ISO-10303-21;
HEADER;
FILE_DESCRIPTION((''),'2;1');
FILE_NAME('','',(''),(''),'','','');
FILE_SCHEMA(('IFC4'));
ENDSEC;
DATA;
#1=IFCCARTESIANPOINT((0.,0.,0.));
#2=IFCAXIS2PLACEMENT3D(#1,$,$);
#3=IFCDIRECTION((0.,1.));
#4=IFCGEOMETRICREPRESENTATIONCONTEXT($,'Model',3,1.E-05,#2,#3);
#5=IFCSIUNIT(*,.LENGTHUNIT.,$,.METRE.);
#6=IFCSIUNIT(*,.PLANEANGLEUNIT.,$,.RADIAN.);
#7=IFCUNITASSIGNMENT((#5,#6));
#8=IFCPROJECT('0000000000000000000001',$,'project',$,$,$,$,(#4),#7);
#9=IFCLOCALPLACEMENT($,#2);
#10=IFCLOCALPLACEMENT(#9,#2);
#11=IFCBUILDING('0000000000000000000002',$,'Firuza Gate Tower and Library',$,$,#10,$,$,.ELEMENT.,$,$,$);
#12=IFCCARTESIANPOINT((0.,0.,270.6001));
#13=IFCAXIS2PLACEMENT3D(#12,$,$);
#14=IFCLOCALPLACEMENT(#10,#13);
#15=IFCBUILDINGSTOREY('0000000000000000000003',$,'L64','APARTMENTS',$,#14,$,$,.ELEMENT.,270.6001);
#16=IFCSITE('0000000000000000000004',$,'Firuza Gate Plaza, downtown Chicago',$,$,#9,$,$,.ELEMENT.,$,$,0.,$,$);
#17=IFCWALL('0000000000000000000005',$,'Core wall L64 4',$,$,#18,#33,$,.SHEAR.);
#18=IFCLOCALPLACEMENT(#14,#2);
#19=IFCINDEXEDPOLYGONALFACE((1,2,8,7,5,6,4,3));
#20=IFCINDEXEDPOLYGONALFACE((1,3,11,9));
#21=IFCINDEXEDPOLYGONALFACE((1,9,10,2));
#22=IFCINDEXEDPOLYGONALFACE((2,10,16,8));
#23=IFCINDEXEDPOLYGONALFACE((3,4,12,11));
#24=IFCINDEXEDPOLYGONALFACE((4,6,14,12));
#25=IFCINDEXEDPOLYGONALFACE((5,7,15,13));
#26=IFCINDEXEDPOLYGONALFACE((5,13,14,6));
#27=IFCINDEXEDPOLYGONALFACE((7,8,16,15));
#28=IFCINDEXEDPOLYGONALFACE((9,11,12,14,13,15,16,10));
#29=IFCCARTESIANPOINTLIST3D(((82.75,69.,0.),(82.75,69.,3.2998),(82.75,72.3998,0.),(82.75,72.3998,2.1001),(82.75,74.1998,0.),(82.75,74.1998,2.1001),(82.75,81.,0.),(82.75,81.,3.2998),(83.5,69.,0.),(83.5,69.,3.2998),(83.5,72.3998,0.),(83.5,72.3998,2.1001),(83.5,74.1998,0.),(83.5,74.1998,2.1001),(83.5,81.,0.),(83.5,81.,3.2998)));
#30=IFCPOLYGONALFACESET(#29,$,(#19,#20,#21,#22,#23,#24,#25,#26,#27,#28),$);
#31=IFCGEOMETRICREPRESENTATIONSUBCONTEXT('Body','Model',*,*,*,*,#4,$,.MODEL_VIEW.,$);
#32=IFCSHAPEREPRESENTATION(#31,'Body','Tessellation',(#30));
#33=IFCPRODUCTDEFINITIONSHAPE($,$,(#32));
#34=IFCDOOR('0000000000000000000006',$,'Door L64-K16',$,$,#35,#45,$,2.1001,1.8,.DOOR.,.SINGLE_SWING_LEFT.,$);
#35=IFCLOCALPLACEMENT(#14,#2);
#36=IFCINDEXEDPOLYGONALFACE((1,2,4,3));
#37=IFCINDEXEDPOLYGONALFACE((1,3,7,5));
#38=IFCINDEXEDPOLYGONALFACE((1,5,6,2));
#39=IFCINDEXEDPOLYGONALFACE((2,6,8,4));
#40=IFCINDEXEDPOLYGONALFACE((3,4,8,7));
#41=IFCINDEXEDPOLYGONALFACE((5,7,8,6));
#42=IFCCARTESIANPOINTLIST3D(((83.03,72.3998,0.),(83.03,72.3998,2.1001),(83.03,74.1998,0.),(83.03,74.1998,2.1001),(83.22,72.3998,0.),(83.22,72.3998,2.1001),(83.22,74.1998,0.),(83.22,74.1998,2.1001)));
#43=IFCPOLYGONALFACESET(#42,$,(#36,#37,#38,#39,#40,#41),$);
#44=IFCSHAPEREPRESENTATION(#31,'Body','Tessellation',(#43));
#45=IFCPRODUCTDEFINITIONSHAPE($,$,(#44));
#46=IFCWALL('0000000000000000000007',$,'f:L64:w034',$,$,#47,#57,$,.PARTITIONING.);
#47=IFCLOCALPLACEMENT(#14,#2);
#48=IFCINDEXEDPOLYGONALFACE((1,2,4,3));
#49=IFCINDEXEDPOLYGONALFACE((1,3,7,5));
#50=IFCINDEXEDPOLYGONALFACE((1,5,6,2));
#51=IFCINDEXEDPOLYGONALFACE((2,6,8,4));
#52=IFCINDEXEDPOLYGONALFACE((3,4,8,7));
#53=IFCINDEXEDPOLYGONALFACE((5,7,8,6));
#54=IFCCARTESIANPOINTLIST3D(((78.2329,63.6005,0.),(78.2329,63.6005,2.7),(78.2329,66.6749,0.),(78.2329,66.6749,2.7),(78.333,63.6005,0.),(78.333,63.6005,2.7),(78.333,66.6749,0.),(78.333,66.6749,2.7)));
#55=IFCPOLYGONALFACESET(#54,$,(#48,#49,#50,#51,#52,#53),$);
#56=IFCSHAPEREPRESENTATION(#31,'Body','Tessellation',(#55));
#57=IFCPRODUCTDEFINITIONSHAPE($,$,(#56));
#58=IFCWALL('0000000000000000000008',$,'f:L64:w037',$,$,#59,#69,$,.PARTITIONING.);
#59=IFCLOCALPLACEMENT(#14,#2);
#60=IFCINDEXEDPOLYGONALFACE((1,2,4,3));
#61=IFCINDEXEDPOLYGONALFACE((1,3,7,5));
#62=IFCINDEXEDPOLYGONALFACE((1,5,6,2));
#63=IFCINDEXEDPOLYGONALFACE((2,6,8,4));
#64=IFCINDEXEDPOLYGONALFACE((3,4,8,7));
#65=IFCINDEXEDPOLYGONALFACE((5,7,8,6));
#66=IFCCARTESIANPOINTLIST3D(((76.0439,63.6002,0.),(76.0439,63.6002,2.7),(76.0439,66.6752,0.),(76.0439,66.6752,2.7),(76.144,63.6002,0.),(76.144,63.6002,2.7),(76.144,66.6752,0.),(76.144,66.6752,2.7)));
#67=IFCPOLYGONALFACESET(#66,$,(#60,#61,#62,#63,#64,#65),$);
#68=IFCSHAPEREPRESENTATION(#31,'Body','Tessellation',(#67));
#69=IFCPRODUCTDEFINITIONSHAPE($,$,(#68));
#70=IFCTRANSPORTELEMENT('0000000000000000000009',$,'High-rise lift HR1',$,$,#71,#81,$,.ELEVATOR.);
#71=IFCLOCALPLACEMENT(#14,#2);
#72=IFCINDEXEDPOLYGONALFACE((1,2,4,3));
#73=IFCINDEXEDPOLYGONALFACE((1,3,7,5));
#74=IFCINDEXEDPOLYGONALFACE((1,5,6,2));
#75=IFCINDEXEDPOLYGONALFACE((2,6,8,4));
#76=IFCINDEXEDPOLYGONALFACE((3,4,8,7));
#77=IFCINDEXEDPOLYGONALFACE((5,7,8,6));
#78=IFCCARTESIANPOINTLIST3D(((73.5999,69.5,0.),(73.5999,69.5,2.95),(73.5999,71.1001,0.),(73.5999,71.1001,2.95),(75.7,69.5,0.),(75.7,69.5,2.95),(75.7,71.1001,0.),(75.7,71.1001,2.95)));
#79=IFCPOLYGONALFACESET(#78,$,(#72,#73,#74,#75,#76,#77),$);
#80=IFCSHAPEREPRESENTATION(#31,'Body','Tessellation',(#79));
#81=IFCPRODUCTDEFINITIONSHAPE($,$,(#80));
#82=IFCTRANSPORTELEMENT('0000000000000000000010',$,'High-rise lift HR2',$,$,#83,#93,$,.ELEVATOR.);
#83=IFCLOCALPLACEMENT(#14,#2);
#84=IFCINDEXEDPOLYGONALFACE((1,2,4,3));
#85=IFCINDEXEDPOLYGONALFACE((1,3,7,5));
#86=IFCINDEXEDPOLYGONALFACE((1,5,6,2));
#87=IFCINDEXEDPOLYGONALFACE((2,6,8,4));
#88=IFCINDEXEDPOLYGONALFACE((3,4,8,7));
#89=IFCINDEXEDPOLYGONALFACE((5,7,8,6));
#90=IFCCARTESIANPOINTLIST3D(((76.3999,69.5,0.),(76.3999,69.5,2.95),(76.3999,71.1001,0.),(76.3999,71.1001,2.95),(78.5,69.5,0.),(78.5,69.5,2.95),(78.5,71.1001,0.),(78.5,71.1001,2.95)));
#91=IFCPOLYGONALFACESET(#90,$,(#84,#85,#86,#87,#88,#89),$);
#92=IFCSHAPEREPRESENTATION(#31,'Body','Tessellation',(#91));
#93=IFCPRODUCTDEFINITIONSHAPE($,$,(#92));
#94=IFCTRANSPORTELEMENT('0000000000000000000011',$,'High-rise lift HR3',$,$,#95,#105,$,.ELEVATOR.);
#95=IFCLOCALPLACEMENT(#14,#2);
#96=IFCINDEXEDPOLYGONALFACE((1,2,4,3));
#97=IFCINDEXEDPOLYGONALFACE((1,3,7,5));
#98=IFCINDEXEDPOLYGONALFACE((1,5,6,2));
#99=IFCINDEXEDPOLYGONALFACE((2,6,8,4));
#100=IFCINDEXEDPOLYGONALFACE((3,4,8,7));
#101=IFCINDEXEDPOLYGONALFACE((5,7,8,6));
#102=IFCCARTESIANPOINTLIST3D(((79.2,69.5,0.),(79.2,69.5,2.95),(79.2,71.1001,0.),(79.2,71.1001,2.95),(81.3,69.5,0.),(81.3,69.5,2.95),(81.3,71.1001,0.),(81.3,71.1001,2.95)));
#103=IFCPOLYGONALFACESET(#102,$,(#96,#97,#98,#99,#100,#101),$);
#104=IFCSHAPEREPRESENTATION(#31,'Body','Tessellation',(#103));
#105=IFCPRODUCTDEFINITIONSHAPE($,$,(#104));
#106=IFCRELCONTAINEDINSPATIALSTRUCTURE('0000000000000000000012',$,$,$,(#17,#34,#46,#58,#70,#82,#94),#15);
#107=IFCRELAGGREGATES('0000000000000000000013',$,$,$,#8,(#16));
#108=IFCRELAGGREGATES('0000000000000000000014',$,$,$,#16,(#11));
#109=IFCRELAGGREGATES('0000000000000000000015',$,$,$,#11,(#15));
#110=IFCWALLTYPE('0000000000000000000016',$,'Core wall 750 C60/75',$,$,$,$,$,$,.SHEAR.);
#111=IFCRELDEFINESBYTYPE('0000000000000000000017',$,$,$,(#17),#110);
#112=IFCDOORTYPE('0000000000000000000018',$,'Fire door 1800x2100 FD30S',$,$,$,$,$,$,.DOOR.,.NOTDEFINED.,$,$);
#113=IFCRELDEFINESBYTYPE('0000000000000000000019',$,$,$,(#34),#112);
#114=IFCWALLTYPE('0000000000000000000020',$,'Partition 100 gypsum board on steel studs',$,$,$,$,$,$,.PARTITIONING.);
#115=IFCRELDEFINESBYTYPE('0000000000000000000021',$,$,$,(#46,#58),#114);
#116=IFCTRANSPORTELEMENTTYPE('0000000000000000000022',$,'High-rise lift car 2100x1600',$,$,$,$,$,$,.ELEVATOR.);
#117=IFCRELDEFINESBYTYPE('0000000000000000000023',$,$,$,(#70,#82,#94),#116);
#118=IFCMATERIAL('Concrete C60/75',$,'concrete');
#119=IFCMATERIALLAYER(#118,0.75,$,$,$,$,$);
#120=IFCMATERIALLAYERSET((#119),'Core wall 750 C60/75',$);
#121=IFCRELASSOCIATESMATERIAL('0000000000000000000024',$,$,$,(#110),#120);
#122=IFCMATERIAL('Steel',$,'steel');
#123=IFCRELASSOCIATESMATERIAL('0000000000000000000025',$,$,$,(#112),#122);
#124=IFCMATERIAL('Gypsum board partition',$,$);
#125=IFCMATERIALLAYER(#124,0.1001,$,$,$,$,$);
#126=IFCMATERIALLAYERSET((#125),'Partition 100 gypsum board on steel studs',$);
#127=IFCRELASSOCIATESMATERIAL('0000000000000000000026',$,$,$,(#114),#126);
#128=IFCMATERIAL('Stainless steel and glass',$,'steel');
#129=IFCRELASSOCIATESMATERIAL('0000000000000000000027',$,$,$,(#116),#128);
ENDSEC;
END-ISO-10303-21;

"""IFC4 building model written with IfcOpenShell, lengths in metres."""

from ifc_helpers import new_model, si_unit, direction, frame, frame_2d, origin, origin_2d, place, context, subcontext, project, spatial, rectangle, extrude, material, layer, layer_set, type_object, element, fill, save


model = new_model("IFC4")

# Units and contexts
model_context = context("Model", 3, precision=1e-05, world=origin(), true_north=direction((0.0, 1.0)))
body_context = subcontext(model_context, "Body", "Model", "MODEL_VIEW")
ifc_project = project(units=[si_unit("LENGTHUNIT", "METRE"), si_unit("PLANEANGLEUNIT", "RADIAN")], contexts=[model_context])

# Site, building, storey
site_placement = place(None, origin())
site = spatial("IfcSite", under=ifc_project, at=site_placement, Name="Firuza Gate Plaza, downtown Chicago", CompositionType="ELEMENT", RefElevation=0.0)
building_placement = place(site_placement, origin())
building = spatial("IfcBuilding", under=site, at=building_placement, Name="Firuza Gate Tower and Library", CompositionType="ELEMENT")
storey_placement = place(building_placement, frame((0.0, 0.0, 270.6001)))
storey = spatial("IfcBuildingStorey", under=building, at=storey_placement, Name="L64", Description="APARTMENTS", CompositionType="ELEMENT", Elevation=270.6001)

# Wall, opening, door
ifc_material_1 = material(Name="Concrete C60/75", Category="concrete")
ifc_layer_1 = layer(ifc_material_1, 0.75)
ifc_layer_set_1 = layer_set([ifc_layer_1], Name="Core wall 750 C60/75")
wall_type_1 = type_object("IfcWallType", Name="Core wall 750 C60/75", PredefinedType="SHEAR", material=ifc_layer_set_1)
wall_1_placement = place(storey_placement, frame((83.125, 69.0, 0.0), z_axis=(0.0, 0.0, 1.0), x_axis=(0.0, 1.0, 0.0)))
wall_1 = element("IfcWall", 1, at=wall_1_placement, inside=storey, type_object=wall_type_1, Name="Core wall L64 4", PredefinedType="SHEAR", context=body_context, shape_type="SweptSolid", body=[
    extrude(rectangle(XDim=12.0, YDim=0.75, at=frame_2d((6.0, 0.0))), origin(), (0.0, 0.0, 1.0), 3.2998),
])
opening_placement = place(wall_1_placement, frame((3.3999, 0.0, 0.0)))
opening = element("IfcOpeningElement", 2, at=opening_placement, cuts=wall_1, PredefinedType="OPENING", context=body_context, shape_type="SweptSolid", body=[
    extrude(rectangle(XDim=1.8, YDim=2.1001, at=frame_2d((0.8999, 1.05))), frame((0.0, 0.385, 0.0), z_axis=(0.0, -1.0, 0.0), x_axis=(1.0, 0.0, 0.0)), (0.0, 0.0, 1.0), 0.77),
])
ifc_material_2 = material(Name="Steel", Category="steel")
door_type = type_object("IfcDoorType", Name="Fire door 1800x2100 FD30S", OperationType="NOTDEFINED", PredefinedType="DOOR", material=ifc_material_2)
door_placement = place(opening_placement, origin())
door = element("IfcDoor", 3, at=door_placement, inside=storey, type_object=door_type, Name="Door L64-K16", OperationType="SINGLE_SWING_LEFT", OverallHeight=2.1001, OverallWidth=1.8, PredefinedType="DOOR", context=body_context, shape_type="SweptSolid", body=[
    extrude(rectangle(XDim=1.8, YDim=2.1001, at=frame_2d((0.8999, 1.05))), frame((0.0, 0.095, 0.0), z_axis=(0.0, -1.0, 0.0), x_axis=(1.0, 0.0, 0.0)), (0.0, 0.0, 1.0), 0.1899),
])
fill(opening, door)

# Walls
ifc_material_3 = material(Name="Gypsum board partition")
ifc_layer_2 = layer(ifc_material_3, 0.1001)
ifc_layer_set_2 = layer_set([ifc_layer_2], Name="Partition 100 gypsum board on steel studs")
wall_type_2 = type_object("IfcWallType", Name="Partition 100 gypsum board on steel studs", PredefinedType="PARTITIONING", material=ifc_layer_set_2)
wall_2_placement = place(storey_placement, frame((78.283, 63.6006, 0.0), z_axis=(0.0, 0.0, 1.0), x_axis=(0.0, 1.0, 0.0)))
element("IfcWall", 4, at=wall_2_placement, inside=storey, type_object=wall_type_2, Name="f:L64:w034", PredefinedType="PARTITIONING", context=body_context, shape_type="SweptSolid", body=[
    extrude(rectangle(XDim=3.0745, YDim=0.1001, at=frame_2d((1.5371, 0.0))), origin(), (0.0, 0.0, 1.0), 2.7),
])
wall_3_placement = place(storey_placement, frame((76.094, 63.6001, 0.0), z_axis=(0.0, 0.0, 1.0), x_axis=(0.0, 1.0, 0.0)))
element("IfcWall", 5, at=wall_3_placement, inside=storey, type_object=wall_type_2, Name="f:L64:w037", PredefinedType="PARTITIONING", context=body_context, shape_type="SweptSolid", body=[
    extrude(rectangle(XDim=3.075, YDim=0.1001, at=frame_2d((1.5376, 0.0))), origin(), (0.0, 0.0, 1.0), 2.7),
])

# Transport elements
ifc_material_4 = material(Name="Stainless steel and glass", Category="steel")
transport_element_type = type_object("IfcTransportElementType", Name="High-rise lift car 2100x1600", PredefinedType="ELEVATOR", material=ifc_material_4)
for number, where, z_axis, x_axis, name in (
    (6, (74.6499, 70.3, 0.0), (0.0, 0.0, 1.0), (1.0, 0.0, 0.0), "High-rise lift HR1"),
    (7, (77.45, 70.3, 0.0), (0.0, 0.0, 1.0), (1.0, 0.0, 0.0), "High-rise lift HR2"),
    (8, (80.25, 70.3, 0.0), (0.0, 0.0, 1.0), (1.0, 0.0, 0.0), "High-rise lift HR3"),
):
    element("IfcTransportElement", number, at=place(storey_placement, frame(where, z_axis=z_axis, x_axis=x_axis)), inside=storey, type_object=transport_element_type, Name=name, PredefinedType="ELEVATOR", context=body_context, shape_type="SweptSolid", body=[
        extrude(rectangle(XDim=2.1001, YDim=1.6001, at=origin_2d()), origin(), (0.0, 0.0, 1.0), 2.95),
    ])

save(model, "model.ifc")
